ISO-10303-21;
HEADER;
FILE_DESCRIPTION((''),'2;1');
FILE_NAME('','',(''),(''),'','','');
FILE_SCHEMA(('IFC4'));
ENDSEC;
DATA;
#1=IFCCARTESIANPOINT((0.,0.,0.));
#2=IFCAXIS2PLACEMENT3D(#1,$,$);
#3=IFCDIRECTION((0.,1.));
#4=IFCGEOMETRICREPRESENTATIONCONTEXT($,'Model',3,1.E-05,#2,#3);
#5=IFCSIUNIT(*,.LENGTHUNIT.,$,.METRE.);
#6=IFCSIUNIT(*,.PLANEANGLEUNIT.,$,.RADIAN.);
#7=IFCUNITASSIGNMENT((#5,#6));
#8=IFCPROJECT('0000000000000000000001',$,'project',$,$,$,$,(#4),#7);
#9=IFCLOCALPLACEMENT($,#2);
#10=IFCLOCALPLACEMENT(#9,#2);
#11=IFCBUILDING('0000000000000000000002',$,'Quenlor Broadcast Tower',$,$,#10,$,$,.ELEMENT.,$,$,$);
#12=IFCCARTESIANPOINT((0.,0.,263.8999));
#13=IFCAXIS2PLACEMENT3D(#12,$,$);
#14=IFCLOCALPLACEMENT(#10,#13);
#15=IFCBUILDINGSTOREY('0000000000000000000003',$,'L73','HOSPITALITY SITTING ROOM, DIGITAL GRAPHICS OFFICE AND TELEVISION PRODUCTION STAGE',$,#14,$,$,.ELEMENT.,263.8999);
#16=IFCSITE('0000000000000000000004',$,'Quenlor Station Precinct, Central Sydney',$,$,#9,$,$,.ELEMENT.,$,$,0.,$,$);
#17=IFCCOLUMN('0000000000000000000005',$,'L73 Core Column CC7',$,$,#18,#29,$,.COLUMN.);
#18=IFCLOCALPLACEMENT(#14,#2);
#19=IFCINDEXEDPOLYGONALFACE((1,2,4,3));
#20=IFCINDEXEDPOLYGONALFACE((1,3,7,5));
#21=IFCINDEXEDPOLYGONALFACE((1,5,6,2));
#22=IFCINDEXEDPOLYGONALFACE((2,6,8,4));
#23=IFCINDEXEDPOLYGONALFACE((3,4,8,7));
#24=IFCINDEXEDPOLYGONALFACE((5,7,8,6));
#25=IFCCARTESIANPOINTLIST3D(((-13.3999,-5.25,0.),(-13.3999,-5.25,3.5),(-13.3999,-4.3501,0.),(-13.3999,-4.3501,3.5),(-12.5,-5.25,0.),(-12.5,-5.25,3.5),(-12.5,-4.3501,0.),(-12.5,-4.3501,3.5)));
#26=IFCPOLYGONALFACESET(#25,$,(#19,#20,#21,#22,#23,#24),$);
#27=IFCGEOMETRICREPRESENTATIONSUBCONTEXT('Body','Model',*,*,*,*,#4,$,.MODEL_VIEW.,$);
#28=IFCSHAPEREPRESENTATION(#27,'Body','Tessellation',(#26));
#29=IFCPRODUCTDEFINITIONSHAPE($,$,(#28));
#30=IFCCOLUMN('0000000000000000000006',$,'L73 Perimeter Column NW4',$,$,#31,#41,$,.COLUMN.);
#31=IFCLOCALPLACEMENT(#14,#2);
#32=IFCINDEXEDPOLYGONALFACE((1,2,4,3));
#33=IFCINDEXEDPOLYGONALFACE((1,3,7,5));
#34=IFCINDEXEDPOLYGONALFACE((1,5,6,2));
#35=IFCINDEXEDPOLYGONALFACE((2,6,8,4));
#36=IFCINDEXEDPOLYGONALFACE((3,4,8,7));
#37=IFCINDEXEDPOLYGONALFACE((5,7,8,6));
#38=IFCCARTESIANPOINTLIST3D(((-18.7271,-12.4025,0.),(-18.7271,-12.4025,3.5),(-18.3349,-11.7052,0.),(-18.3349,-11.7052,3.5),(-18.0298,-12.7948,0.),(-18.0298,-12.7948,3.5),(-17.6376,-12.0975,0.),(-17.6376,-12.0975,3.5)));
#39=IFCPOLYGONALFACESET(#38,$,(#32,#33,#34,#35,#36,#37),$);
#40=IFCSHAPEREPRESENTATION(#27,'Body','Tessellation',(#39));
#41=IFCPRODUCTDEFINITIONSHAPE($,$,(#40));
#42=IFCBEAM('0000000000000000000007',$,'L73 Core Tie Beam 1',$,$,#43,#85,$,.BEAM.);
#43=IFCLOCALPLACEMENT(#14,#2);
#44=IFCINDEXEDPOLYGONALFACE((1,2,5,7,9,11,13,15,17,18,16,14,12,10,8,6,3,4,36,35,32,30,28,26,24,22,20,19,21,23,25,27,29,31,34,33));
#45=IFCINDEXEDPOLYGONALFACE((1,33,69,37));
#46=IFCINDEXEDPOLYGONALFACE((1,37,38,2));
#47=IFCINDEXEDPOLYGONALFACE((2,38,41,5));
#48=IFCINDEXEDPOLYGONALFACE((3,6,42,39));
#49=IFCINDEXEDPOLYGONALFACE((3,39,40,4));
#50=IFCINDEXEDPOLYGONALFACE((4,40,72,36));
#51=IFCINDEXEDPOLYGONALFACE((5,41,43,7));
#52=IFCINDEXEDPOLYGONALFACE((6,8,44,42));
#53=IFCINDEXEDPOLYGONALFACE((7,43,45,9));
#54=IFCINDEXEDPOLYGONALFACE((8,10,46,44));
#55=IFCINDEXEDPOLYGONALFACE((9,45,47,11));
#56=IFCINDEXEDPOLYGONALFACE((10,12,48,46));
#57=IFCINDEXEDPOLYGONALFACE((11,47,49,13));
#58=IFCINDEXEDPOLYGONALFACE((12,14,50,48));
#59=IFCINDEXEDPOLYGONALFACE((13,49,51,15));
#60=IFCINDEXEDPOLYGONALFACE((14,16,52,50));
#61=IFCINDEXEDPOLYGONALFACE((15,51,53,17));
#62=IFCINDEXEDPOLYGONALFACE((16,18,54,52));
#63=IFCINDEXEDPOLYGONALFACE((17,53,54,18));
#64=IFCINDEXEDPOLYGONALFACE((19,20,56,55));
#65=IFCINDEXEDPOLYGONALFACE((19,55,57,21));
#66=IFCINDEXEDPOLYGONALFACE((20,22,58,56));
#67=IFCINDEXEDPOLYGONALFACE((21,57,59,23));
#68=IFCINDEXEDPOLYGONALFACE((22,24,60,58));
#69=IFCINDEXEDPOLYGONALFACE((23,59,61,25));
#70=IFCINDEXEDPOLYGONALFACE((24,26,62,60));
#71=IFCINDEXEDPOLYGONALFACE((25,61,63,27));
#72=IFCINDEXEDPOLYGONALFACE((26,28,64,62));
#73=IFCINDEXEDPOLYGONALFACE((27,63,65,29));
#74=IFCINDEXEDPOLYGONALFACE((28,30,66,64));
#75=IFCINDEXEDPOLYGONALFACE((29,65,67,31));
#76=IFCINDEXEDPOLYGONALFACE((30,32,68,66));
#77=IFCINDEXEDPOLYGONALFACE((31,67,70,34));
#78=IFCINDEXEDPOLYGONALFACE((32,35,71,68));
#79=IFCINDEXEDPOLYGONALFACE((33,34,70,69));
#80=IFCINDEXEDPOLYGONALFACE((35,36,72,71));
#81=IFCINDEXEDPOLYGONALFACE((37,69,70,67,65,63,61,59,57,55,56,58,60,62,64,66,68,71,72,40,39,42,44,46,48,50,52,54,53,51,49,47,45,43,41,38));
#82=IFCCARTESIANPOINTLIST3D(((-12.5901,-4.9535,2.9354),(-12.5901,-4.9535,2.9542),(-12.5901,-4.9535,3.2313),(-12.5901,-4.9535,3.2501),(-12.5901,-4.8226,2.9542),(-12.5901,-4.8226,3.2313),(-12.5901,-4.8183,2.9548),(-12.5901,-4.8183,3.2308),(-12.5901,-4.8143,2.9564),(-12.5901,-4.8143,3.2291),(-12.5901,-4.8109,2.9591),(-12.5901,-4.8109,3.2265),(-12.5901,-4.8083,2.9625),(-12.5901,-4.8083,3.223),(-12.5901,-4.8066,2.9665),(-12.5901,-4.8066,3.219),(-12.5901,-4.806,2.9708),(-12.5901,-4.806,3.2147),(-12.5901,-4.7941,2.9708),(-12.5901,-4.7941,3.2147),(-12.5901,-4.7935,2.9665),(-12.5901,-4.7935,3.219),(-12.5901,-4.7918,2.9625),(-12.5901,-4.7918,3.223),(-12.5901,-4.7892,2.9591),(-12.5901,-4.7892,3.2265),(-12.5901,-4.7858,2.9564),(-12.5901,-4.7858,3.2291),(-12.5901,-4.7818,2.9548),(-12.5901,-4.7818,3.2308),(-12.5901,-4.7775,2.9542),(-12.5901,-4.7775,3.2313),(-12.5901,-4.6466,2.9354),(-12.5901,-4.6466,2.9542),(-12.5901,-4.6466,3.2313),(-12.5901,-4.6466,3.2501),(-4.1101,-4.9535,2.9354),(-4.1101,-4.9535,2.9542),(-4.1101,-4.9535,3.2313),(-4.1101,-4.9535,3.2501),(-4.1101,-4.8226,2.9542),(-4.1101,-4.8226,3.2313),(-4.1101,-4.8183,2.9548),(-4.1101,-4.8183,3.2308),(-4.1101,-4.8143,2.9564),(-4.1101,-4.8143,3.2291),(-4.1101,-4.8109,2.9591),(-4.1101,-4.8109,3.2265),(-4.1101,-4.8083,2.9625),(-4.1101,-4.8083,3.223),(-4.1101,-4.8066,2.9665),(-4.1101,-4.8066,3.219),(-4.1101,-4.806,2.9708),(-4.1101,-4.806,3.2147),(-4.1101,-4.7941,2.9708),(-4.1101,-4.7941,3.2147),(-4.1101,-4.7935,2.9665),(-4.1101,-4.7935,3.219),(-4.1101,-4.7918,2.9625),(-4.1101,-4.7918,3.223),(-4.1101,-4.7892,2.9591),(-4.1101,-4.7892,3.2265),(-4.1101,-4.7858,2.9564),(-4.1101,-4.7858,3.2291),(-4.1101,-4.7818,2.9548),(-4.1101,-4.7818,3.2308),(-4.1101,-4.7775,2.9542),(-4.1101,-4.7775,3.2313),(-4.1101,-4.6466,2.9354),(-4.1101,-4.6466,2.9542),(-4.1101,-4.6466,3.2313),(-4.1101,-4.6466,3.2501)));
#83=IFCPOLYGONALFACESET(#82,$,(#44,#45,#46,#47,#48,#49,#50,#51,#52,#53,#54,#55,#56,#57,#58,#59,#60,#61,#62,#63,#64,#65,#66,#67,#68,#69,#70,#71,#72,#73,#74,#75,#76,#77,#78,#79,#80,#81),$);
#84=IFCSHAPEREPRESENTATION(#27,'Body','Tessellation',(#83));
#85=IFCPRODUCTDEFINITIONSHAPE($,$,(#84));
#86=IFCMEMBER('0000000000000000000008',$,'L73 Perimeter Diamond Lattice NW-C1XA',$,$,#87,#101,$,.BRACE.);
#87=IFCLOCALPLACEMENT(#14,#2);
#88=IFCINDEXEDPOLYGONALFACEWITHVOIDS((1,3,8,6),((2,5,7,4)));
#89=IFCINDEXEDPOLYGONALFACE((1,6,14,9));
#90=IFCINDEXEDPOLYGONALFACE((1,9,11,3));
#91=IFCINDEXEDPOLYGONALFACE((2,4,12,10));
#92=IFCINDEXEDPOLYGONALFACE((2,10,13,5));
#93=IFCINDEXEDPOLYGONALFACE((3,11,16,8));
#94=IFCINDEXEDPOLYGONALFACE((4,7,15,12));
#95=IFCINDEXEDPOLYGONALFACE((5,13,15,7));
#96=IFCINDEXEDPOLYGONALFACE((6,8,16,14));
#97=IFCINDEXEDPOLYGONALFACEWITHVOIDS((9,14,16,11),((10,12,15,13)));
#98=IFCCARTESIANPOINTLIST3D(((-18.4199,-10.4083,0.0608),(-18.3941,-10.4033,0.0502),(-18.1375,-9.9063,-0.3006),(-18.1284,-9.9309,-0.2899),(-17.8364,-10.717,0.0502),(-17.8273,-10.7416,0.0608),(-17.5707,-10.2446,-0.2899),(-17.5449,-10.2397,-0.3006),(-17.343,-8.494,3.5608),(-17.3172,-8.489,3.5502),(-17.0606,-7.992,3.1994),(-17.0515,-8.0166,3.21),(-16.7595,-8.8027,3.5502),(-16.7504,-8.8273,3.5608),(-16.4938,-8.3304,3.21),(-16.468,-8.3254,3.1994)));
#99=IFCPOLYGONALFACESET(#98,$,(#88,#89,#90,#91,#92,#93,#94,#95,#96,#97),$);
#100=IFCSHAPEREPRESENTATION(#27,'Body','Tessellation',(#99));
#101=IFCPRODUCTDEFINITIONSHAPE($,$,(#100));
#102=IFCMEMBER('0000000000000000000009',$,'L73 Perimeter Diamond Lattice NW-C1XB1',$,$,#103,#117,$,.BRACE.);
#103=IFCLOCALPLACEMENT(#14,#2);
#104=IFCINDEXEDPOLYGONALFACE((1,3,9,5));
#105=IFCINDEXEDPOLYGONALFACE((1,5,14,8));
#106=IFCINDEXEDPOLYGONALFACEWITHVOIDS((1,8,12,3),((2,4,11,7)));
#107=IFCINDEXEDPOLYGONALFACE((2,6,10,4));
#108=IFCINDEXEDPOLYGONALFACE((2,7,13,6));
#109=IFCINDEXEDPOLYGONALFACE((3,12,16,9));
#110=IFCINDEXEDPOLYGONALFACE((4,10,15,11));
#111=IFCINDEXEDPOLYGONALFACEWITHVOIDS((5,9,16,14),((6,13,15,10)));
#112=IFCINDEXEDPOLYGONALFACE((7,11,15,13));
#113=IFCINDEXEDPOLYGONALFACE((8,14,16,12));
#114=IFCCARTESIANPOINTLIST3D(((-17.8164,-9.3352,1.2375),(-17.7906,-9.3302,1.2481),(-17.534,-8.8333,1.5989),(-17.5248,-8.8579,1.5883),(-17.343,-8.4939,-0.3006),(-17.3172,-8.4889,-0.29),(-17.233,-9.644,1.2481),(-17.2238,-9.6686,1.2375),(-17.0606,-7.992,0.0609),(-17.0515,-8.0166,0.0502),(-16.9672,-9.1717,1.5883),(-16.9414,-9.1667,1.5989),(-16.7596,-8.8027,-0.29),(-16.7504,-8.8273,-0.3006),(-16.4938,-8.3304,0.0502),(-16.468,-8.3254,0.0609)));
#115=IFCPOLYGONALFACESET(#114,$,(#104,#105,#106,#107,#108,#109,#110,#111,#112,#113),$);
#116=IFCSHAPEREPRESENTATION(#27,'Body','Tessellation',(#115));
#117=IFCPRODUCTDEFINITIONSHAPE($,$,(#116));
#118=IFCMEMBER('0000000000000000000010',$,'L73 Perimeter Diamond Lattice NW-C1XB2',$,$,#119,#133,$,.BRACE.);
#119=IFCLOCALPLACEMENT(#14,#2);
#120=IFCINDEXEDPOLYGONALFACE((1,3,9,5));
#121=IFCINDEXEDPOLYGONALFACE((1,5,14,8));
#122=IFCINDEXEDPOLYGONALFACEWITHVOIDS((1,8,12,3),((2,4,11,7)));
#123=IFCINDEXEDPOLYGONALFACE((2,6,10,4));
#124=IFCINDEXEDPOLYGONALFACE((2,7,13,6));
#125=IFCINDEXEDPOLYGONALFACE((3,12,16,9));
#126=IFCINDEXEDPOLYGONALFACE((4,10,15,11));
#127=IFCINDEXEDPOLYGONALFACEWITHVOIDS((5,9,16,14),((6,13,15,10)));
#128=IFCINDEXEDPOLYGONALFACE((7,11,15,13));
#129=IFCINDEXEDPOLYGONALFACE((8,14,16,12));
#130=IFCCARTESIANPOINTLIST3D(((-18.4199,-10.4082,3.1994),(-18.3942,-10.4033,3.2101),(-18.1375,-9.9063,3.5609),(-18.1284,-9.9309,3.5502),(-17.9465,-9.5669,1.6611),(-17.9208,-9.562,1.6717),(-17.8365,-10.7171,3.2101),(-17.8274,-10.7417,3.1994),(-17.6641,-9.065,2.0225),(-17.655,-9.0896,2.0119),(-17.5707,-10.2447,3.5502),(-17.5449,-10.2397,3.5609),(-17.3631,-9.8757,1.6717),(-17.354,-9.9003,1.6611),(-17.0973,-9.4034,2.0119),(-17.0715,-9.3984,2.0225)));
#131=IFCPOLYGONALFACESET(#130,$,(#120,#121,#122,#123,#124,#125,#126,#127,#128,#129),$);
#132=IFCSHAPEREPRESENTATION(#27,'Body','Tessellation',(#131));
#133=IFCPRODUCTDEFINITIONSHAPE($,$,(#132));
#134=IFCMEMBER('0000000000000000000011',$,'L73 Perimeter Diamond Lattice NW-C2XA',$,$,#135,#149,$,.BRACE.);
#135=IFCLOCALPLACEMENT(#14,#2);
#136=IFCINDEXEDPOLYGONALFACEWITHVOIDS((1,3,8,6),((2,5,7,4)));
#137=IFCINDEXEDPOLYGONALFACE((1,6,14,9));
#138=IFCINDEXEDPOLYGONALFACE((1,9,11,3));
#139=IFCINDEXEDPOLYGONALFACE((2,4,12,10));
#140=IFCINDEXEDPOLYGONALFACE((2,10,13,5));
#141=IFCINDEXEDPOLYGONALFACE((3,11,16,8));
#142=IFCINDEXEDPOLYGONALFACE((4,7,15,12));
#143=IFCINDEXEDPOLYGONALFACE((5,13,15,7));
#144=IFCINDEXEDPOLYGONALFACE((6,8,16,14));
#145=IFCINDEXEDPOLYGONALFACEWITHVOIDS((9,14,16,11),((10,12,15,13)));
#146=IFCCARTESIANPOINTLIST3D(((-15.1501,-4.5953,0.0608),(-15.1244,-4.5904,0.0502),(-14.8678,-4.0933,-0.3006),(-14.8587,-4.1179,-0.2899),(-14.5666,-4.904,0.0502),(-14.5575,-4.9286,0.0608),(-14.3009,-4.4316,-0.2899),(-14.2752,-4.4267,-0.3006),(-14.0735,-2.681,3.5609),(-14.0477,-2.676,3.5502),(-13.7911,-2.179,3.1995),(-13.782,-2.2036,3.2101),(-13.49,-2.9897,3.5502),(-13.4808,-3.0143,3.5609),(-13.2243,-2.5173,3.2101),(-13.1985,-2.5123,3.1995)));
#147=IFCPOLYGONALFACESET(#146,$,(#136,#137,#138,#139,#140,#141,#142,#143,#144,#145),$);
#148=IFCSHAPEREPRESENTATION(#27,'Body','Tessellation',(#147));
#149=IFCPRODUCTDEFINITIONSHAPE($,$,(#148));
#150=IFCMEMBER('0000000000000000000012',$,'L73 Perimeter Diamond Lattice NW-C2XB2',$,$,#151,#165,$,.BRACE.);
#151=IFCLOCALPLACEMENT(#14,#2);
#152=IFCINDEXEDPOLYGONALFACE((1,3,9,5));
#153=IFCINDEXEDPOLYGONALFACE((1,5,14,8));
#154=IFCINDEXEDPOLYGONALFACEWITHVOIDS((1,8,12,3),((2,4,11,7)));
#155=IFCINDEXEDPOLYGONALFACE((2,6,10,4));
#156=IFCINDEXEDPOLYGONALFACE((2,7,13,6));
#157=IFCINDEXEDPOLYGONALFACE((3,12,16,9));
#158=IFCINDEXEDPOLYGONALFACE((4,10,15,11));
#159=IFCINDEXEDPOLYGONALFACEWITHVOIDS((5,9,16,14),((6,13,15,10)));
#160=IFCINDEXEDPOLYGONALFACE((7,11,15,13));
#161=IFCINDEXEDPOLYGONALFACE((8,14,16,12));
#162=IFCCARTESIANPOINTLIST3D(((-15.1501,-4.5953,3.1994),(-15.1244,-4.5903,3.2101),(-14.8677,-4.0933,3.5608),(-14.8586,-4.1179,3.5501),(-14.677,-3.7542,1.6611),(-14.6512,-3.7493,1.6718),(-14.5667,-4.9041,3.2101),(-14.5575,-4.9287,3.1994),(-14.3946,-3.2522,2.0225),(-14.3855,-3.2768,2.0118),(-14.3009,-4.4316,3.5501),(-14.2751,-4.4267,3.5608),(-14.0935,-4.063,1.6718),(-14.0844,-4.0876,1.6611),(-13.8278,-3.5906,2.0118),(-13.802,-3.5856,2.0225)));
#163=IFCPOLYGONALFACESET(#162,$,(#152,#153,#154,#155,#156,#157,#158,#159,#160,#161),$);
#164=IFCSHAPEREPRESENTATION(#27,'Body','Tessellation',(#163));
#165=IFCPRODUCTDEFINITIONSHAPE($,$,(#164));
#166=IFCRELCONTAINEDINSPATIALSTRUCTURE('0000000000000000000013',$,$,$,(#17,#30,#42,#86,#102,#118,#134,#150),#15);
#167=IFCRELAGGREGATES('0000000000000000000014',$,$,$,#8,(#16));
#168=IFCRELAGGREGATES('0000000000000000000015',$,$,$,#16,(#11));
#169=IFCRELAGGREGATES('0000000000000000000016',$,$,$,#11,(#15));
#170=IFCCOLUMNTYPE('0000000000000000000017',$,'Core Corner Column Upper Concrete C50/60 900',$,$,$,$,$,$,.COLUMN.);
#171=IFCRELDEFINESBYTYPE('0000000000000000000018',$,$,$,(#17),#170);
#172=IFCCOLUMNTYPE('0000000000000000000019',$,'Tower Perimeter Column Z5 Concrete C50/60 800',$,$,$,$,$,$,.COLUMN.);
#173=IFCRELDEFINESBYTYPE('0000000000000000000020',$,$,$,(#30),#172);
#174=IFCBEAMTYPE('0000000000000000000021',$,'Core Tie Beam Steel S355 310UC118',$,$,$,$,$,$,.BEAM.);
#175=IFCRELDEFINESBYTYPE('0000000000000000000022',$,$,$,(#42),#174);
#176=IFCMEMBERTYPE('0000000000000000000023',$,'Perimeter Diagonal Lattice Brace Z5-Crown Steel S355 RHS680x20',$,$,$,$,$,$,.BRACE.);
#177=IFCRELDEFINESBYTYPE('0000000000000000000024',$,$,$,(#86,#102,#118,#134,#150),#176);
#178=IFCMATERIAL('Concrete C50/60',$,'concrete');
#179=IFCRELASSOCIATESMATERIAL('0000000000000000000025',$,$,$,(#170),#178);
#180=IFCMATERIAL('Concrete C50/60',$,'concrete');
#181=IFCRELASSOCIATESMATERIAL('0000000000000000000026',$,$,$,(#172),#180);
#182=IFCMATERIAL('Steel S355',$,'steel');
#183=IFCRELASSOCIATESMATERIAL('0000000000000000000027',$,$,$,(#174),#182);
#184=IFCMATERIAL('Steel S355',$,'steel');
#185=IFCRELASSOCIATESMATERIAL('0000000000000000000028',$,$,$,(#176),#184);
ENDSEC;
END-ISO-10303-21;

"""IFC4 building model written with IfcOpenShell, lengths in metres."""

from ifc_helpers import new_model, si_unit, direction, frame, origin, origin_2d, place, context, subcontext, project, spatial, rectangle, hollow_rectangle, i_section, extrude, material, material_profile, profile_set, type_object, element, save


model = new_model("IFC4")

# Units and contexts
model_context = context("Model", 3, precision=1e-05, world=origin(), true_north=direction((0.0, 1.0)))
body_context = subcontext(model_context, "Body", "Model", "MODEL_VIEW")
ifc_project = project(units=[si_unit("LENGTHUNIT", "METRE"), si_unit("PLANEANGLEUNIT", "RADIAN")], contexts=[model_context])

# Site, building, storey
site_placement = place(None, origin())
site = spatial("IfcSite", under=ifc_project, at=site_placement, Name="Quenlor Station Precinct, Central Sydney", CompositionType="ELEMENT", RefElevation=0.0)
building_placement = place(site_placement, origin())
building = spatial("IfcBuilding", under=site, at=building_placement, Name="Quenlor Broadcast Tower", CompositionType="ELEMENT")
storey_placement = place(building_placement, frame((0.0, 0.0, 263.8999)))
storey = spatial("IfcBuildingStorey", under=building, at=storey_placement, Name="L73", Description="HOSPITALITY SITTING ROOM, DIGITAL GRAPHICS OFFICE AND TELEVISION PRODUCTION STAGE", CompositionType="ELEMENT", Elevation=263.8999)

# Columns
ifc_material_1 = material(Name="Concrete C50/60", Category="concrete")
ifc_material_profile_1 = material_profile(ifc_material_1, rectangle(XDim=0.8999, YDim=0.8999, at=origin_2d()))
ifc_profile_set_1 = profile_set([ifc_material_profile_1], Name="Concrete C50/60 RC900x900")
column_type_1 = type_object("IfcColumnType", Name="Core Corner Column Upper Concrete C50/60 900", PredefinedType="COLUMN", material=ifc_profile_set_1)
column_1_placement = place(storey_placement, frame((-12.95, -4.8, 0.0), z_axis=(0.0, 0.0, 1.0), x_axis=(1.0, 0.0, 0.0)))
element("IfcColumn", 1, at=column_1_placement, inside=storey, type_object=column_type_1, Name="L73 Core Column CC7", PredefinedType="COLUMN", context=body_context, shape_type="SweptSolid", body=[
    extrude(rectangle(XDim=0.8999, YDim=0.8999, at=origin_2d()), origin(), (0.0, 0.0, 1.0), 3.5),
])
ifc_material_2 = material(Name="Concrete C50/60", Category="concrete")
ifc_material_profile_2 = material_profile(ifc_material_2, rectangle(XDim=0.8, YDim=0.8, at=origin_2d()))
ifc_profile_set_2 = profile_set([ifc_material_profile_2], Name="Concrete C50/60 RC800x800")
column_type_2 = type_object("IfcColumnType", Name="Tower Perimeter Column Z5 Concrete C50/60 800", PredefinedType="COLUMN", material=ifc_profile_set_2)
column_2_placement = place(storey_placement, frame((-18.1824, -12.25, 0.0), z_axis=(0.0, 0.0, 1.0), x_axis=(-0.871575, 0.490262, 0.0)))
element("IfcColumn", 2, at=column_2_placement, inside=storey, type_object=column_type_2, Name="L73 Perimeter Column NW4", PredefinedType="COLUMN", context=body_context, shape_type="SweptSolid", body=[
    extrude(rectangle(XDim=0.8, YDim=0.8, at=origin_2d()), origin(), (0.0, 0.0, 1.0), 3.5),
])

# Beam
ifc_material_3 = material(Name="Steel S355", Category="steel")
ifc_material_profile_3 = material_profile(ifc_material_3, i_section(OverallWidth=0.3069, OverallDepth=0.3147, WebThickness=0.012, FlangeThickness=0.0188, FilletRadius=0.0166, at=origin_2d()))
ifc_profile_set_3 = profile_set([ifc_material_profile_3], Name="Steel S355 310UC118")
beam_type_1 = type_object("IfcBeamType", Name="Core Tie Beam Steel S355 310UC118", PredefinedType="BEAM", material=ifc_profile_set_3)
beam_1_placement = place(storey_placement, frame((-12.5901, -4.8, 3.0928), z_axis=(1.0, 0.0, 0.0), x_axis=(0.0, 1.0, 0.0)))
element("IfcBeam", 3, at=beam_1_placement, inside=storey, type_object=beam_type_1, Name="L73 Core Tie Beam 1", PredefinedType="BEAM", context=body_context, shape_type="SweptSolid", body=[
    extrude(i_section(OverallWidth=0.3069, OverallDepth=0.3147, WebThickness=0.012, FlangeThickness=0.0188, FilletRadius=0.0166, at=origin_2d()), origin(), (0.0, 0.0, 1.0), 8.48),
])

# Members
ifc_material_4 = material(Name="Steel S355", Category="steel")
ifc_material_profile_4 = material_profile(ifc_material_4, hollow_rectangle(XDim=0.6799, YDim=0.6799, WallThickness=0.02, at=origin_2d()))
ifc_profile_set_4 = profile_set([ifc_material_profile_4], Name="Steel S355 RHS680x680x20")
member_type = type_object("IfcMemberType", Name="Perimeter Diagonal Lattice Brace Z5-Crown Steel S355 RHS680x20", PredefinedType="BRACE", material=ifc_profile_set_4)
member_1_placement = place(storey_placement, frame((-17.9824, -10.324, -0.1199), z_axis=(0.260619, 0.463276, 0.847026), x_axis=(-0.871555, 0.490298, 0.0)))
element("IfcMember", 4, at=member_1_placement, inside=storey, type_object=member_type, Name="L73 Perimeter Diamond Lattice NW-C1XA", PredefinedType="BRACE", context=body_context, shape_type="SweptSolid", body=[
    extrude(hollow_rectangle(XDim=0.6799, YDim=0.6799, WallThickness=0.02, at=origin_2d()), origin(), (0.0, 0.0, 1.0), 4.1321),
])
member_2_placement = place(storey_placement, frame((-16.9055, -8.4097, -0.1199), z_axis=(-0.260686, -0.463293, 0.846996), x_axis=(0.871508, -0.490381, 0.0)))
element("IfcMember", 5, at=member_2_placement, inside=storey, type_object=member_type, Name="L73 Perimeter Diamond Lattice NW-C1XB1", PredefinedType="BRACE", context=body_context, shape_type="SweptSolid", body=[
    extrude(hollow_rectangle(XDim=0.6799, YDim=0.6799, WallThickness=0.02, at=origin_2d()), origin(), (0.0, 0.0, 1.0), 1.8159),
])
member_3_placement = place(storey_placement, frame((-17.509, -9.4827, 1.8418), z_axis=(-0.260657, -0.463241, 0.847034), x_axis=(0.871508, -0.490381, 0.0)))
element("IfcMember", 6, at=member_3_placement, inside=storey, type_object=member_type, Name="L73 Perimeter Diamond Lattice NW-C1XB2", PredefinedType="BRACE", context=body_context, shape_type="SweptSolid", body=[
    extrude(hollow_rectangle(XDim=0.6799, YDim=0.6799, WallThickness=0.02, at=origin_2d()), origin(), (0.0, 0.0, 1.0), 1.8162),
])
member_4_placement = place(storey_placement, frame((-14.7126, -4.511, -0.1199), z_axis=(0.260564, 0.463283, 0.847039), x_axis=(-0.871602, 0.490214, 0.0)))
element("IfcMember", 7, at=member_4_placement, inside=storey, type_object=member_type, Name="L73 Perimeter Diamond Lattice NW-C2XA", PredefinedType="BRACE", context=body_context, shape_type="SweptSolid", body=[
    extrude(hollow_rectangle(XDim=0.6799, YDim=0.6799, WallThickness=0.02, at=origin_2d()), origin(), (0.0, 0.0, 1.0), 4.1321),
])
member_5_placement = place(storey_placement, frame((-14.2395, -3.6699, 1.8418), z_axis=(-0.260548, -0.463151, 0.847116), x_axis=(0.871555, -0.490297, 0.0)))
element("IfcMember", 8, at=member_5_placement, inside=storey, type_object=member_type, Name="L73 Perimeter Diamond Lattice NW-C2XB2", PredefinedType="BRACE", context=body_context, shape_type="SweptSolid", body=[
    extrude(hollow_rectangle(XDim=0.6799, YDim=0.6799, WallThickness=0.02, at=origin_2d()), origin(), (0.0, 0.0, 1.0), 1.8159),
])

save(model, "model.ifc")
